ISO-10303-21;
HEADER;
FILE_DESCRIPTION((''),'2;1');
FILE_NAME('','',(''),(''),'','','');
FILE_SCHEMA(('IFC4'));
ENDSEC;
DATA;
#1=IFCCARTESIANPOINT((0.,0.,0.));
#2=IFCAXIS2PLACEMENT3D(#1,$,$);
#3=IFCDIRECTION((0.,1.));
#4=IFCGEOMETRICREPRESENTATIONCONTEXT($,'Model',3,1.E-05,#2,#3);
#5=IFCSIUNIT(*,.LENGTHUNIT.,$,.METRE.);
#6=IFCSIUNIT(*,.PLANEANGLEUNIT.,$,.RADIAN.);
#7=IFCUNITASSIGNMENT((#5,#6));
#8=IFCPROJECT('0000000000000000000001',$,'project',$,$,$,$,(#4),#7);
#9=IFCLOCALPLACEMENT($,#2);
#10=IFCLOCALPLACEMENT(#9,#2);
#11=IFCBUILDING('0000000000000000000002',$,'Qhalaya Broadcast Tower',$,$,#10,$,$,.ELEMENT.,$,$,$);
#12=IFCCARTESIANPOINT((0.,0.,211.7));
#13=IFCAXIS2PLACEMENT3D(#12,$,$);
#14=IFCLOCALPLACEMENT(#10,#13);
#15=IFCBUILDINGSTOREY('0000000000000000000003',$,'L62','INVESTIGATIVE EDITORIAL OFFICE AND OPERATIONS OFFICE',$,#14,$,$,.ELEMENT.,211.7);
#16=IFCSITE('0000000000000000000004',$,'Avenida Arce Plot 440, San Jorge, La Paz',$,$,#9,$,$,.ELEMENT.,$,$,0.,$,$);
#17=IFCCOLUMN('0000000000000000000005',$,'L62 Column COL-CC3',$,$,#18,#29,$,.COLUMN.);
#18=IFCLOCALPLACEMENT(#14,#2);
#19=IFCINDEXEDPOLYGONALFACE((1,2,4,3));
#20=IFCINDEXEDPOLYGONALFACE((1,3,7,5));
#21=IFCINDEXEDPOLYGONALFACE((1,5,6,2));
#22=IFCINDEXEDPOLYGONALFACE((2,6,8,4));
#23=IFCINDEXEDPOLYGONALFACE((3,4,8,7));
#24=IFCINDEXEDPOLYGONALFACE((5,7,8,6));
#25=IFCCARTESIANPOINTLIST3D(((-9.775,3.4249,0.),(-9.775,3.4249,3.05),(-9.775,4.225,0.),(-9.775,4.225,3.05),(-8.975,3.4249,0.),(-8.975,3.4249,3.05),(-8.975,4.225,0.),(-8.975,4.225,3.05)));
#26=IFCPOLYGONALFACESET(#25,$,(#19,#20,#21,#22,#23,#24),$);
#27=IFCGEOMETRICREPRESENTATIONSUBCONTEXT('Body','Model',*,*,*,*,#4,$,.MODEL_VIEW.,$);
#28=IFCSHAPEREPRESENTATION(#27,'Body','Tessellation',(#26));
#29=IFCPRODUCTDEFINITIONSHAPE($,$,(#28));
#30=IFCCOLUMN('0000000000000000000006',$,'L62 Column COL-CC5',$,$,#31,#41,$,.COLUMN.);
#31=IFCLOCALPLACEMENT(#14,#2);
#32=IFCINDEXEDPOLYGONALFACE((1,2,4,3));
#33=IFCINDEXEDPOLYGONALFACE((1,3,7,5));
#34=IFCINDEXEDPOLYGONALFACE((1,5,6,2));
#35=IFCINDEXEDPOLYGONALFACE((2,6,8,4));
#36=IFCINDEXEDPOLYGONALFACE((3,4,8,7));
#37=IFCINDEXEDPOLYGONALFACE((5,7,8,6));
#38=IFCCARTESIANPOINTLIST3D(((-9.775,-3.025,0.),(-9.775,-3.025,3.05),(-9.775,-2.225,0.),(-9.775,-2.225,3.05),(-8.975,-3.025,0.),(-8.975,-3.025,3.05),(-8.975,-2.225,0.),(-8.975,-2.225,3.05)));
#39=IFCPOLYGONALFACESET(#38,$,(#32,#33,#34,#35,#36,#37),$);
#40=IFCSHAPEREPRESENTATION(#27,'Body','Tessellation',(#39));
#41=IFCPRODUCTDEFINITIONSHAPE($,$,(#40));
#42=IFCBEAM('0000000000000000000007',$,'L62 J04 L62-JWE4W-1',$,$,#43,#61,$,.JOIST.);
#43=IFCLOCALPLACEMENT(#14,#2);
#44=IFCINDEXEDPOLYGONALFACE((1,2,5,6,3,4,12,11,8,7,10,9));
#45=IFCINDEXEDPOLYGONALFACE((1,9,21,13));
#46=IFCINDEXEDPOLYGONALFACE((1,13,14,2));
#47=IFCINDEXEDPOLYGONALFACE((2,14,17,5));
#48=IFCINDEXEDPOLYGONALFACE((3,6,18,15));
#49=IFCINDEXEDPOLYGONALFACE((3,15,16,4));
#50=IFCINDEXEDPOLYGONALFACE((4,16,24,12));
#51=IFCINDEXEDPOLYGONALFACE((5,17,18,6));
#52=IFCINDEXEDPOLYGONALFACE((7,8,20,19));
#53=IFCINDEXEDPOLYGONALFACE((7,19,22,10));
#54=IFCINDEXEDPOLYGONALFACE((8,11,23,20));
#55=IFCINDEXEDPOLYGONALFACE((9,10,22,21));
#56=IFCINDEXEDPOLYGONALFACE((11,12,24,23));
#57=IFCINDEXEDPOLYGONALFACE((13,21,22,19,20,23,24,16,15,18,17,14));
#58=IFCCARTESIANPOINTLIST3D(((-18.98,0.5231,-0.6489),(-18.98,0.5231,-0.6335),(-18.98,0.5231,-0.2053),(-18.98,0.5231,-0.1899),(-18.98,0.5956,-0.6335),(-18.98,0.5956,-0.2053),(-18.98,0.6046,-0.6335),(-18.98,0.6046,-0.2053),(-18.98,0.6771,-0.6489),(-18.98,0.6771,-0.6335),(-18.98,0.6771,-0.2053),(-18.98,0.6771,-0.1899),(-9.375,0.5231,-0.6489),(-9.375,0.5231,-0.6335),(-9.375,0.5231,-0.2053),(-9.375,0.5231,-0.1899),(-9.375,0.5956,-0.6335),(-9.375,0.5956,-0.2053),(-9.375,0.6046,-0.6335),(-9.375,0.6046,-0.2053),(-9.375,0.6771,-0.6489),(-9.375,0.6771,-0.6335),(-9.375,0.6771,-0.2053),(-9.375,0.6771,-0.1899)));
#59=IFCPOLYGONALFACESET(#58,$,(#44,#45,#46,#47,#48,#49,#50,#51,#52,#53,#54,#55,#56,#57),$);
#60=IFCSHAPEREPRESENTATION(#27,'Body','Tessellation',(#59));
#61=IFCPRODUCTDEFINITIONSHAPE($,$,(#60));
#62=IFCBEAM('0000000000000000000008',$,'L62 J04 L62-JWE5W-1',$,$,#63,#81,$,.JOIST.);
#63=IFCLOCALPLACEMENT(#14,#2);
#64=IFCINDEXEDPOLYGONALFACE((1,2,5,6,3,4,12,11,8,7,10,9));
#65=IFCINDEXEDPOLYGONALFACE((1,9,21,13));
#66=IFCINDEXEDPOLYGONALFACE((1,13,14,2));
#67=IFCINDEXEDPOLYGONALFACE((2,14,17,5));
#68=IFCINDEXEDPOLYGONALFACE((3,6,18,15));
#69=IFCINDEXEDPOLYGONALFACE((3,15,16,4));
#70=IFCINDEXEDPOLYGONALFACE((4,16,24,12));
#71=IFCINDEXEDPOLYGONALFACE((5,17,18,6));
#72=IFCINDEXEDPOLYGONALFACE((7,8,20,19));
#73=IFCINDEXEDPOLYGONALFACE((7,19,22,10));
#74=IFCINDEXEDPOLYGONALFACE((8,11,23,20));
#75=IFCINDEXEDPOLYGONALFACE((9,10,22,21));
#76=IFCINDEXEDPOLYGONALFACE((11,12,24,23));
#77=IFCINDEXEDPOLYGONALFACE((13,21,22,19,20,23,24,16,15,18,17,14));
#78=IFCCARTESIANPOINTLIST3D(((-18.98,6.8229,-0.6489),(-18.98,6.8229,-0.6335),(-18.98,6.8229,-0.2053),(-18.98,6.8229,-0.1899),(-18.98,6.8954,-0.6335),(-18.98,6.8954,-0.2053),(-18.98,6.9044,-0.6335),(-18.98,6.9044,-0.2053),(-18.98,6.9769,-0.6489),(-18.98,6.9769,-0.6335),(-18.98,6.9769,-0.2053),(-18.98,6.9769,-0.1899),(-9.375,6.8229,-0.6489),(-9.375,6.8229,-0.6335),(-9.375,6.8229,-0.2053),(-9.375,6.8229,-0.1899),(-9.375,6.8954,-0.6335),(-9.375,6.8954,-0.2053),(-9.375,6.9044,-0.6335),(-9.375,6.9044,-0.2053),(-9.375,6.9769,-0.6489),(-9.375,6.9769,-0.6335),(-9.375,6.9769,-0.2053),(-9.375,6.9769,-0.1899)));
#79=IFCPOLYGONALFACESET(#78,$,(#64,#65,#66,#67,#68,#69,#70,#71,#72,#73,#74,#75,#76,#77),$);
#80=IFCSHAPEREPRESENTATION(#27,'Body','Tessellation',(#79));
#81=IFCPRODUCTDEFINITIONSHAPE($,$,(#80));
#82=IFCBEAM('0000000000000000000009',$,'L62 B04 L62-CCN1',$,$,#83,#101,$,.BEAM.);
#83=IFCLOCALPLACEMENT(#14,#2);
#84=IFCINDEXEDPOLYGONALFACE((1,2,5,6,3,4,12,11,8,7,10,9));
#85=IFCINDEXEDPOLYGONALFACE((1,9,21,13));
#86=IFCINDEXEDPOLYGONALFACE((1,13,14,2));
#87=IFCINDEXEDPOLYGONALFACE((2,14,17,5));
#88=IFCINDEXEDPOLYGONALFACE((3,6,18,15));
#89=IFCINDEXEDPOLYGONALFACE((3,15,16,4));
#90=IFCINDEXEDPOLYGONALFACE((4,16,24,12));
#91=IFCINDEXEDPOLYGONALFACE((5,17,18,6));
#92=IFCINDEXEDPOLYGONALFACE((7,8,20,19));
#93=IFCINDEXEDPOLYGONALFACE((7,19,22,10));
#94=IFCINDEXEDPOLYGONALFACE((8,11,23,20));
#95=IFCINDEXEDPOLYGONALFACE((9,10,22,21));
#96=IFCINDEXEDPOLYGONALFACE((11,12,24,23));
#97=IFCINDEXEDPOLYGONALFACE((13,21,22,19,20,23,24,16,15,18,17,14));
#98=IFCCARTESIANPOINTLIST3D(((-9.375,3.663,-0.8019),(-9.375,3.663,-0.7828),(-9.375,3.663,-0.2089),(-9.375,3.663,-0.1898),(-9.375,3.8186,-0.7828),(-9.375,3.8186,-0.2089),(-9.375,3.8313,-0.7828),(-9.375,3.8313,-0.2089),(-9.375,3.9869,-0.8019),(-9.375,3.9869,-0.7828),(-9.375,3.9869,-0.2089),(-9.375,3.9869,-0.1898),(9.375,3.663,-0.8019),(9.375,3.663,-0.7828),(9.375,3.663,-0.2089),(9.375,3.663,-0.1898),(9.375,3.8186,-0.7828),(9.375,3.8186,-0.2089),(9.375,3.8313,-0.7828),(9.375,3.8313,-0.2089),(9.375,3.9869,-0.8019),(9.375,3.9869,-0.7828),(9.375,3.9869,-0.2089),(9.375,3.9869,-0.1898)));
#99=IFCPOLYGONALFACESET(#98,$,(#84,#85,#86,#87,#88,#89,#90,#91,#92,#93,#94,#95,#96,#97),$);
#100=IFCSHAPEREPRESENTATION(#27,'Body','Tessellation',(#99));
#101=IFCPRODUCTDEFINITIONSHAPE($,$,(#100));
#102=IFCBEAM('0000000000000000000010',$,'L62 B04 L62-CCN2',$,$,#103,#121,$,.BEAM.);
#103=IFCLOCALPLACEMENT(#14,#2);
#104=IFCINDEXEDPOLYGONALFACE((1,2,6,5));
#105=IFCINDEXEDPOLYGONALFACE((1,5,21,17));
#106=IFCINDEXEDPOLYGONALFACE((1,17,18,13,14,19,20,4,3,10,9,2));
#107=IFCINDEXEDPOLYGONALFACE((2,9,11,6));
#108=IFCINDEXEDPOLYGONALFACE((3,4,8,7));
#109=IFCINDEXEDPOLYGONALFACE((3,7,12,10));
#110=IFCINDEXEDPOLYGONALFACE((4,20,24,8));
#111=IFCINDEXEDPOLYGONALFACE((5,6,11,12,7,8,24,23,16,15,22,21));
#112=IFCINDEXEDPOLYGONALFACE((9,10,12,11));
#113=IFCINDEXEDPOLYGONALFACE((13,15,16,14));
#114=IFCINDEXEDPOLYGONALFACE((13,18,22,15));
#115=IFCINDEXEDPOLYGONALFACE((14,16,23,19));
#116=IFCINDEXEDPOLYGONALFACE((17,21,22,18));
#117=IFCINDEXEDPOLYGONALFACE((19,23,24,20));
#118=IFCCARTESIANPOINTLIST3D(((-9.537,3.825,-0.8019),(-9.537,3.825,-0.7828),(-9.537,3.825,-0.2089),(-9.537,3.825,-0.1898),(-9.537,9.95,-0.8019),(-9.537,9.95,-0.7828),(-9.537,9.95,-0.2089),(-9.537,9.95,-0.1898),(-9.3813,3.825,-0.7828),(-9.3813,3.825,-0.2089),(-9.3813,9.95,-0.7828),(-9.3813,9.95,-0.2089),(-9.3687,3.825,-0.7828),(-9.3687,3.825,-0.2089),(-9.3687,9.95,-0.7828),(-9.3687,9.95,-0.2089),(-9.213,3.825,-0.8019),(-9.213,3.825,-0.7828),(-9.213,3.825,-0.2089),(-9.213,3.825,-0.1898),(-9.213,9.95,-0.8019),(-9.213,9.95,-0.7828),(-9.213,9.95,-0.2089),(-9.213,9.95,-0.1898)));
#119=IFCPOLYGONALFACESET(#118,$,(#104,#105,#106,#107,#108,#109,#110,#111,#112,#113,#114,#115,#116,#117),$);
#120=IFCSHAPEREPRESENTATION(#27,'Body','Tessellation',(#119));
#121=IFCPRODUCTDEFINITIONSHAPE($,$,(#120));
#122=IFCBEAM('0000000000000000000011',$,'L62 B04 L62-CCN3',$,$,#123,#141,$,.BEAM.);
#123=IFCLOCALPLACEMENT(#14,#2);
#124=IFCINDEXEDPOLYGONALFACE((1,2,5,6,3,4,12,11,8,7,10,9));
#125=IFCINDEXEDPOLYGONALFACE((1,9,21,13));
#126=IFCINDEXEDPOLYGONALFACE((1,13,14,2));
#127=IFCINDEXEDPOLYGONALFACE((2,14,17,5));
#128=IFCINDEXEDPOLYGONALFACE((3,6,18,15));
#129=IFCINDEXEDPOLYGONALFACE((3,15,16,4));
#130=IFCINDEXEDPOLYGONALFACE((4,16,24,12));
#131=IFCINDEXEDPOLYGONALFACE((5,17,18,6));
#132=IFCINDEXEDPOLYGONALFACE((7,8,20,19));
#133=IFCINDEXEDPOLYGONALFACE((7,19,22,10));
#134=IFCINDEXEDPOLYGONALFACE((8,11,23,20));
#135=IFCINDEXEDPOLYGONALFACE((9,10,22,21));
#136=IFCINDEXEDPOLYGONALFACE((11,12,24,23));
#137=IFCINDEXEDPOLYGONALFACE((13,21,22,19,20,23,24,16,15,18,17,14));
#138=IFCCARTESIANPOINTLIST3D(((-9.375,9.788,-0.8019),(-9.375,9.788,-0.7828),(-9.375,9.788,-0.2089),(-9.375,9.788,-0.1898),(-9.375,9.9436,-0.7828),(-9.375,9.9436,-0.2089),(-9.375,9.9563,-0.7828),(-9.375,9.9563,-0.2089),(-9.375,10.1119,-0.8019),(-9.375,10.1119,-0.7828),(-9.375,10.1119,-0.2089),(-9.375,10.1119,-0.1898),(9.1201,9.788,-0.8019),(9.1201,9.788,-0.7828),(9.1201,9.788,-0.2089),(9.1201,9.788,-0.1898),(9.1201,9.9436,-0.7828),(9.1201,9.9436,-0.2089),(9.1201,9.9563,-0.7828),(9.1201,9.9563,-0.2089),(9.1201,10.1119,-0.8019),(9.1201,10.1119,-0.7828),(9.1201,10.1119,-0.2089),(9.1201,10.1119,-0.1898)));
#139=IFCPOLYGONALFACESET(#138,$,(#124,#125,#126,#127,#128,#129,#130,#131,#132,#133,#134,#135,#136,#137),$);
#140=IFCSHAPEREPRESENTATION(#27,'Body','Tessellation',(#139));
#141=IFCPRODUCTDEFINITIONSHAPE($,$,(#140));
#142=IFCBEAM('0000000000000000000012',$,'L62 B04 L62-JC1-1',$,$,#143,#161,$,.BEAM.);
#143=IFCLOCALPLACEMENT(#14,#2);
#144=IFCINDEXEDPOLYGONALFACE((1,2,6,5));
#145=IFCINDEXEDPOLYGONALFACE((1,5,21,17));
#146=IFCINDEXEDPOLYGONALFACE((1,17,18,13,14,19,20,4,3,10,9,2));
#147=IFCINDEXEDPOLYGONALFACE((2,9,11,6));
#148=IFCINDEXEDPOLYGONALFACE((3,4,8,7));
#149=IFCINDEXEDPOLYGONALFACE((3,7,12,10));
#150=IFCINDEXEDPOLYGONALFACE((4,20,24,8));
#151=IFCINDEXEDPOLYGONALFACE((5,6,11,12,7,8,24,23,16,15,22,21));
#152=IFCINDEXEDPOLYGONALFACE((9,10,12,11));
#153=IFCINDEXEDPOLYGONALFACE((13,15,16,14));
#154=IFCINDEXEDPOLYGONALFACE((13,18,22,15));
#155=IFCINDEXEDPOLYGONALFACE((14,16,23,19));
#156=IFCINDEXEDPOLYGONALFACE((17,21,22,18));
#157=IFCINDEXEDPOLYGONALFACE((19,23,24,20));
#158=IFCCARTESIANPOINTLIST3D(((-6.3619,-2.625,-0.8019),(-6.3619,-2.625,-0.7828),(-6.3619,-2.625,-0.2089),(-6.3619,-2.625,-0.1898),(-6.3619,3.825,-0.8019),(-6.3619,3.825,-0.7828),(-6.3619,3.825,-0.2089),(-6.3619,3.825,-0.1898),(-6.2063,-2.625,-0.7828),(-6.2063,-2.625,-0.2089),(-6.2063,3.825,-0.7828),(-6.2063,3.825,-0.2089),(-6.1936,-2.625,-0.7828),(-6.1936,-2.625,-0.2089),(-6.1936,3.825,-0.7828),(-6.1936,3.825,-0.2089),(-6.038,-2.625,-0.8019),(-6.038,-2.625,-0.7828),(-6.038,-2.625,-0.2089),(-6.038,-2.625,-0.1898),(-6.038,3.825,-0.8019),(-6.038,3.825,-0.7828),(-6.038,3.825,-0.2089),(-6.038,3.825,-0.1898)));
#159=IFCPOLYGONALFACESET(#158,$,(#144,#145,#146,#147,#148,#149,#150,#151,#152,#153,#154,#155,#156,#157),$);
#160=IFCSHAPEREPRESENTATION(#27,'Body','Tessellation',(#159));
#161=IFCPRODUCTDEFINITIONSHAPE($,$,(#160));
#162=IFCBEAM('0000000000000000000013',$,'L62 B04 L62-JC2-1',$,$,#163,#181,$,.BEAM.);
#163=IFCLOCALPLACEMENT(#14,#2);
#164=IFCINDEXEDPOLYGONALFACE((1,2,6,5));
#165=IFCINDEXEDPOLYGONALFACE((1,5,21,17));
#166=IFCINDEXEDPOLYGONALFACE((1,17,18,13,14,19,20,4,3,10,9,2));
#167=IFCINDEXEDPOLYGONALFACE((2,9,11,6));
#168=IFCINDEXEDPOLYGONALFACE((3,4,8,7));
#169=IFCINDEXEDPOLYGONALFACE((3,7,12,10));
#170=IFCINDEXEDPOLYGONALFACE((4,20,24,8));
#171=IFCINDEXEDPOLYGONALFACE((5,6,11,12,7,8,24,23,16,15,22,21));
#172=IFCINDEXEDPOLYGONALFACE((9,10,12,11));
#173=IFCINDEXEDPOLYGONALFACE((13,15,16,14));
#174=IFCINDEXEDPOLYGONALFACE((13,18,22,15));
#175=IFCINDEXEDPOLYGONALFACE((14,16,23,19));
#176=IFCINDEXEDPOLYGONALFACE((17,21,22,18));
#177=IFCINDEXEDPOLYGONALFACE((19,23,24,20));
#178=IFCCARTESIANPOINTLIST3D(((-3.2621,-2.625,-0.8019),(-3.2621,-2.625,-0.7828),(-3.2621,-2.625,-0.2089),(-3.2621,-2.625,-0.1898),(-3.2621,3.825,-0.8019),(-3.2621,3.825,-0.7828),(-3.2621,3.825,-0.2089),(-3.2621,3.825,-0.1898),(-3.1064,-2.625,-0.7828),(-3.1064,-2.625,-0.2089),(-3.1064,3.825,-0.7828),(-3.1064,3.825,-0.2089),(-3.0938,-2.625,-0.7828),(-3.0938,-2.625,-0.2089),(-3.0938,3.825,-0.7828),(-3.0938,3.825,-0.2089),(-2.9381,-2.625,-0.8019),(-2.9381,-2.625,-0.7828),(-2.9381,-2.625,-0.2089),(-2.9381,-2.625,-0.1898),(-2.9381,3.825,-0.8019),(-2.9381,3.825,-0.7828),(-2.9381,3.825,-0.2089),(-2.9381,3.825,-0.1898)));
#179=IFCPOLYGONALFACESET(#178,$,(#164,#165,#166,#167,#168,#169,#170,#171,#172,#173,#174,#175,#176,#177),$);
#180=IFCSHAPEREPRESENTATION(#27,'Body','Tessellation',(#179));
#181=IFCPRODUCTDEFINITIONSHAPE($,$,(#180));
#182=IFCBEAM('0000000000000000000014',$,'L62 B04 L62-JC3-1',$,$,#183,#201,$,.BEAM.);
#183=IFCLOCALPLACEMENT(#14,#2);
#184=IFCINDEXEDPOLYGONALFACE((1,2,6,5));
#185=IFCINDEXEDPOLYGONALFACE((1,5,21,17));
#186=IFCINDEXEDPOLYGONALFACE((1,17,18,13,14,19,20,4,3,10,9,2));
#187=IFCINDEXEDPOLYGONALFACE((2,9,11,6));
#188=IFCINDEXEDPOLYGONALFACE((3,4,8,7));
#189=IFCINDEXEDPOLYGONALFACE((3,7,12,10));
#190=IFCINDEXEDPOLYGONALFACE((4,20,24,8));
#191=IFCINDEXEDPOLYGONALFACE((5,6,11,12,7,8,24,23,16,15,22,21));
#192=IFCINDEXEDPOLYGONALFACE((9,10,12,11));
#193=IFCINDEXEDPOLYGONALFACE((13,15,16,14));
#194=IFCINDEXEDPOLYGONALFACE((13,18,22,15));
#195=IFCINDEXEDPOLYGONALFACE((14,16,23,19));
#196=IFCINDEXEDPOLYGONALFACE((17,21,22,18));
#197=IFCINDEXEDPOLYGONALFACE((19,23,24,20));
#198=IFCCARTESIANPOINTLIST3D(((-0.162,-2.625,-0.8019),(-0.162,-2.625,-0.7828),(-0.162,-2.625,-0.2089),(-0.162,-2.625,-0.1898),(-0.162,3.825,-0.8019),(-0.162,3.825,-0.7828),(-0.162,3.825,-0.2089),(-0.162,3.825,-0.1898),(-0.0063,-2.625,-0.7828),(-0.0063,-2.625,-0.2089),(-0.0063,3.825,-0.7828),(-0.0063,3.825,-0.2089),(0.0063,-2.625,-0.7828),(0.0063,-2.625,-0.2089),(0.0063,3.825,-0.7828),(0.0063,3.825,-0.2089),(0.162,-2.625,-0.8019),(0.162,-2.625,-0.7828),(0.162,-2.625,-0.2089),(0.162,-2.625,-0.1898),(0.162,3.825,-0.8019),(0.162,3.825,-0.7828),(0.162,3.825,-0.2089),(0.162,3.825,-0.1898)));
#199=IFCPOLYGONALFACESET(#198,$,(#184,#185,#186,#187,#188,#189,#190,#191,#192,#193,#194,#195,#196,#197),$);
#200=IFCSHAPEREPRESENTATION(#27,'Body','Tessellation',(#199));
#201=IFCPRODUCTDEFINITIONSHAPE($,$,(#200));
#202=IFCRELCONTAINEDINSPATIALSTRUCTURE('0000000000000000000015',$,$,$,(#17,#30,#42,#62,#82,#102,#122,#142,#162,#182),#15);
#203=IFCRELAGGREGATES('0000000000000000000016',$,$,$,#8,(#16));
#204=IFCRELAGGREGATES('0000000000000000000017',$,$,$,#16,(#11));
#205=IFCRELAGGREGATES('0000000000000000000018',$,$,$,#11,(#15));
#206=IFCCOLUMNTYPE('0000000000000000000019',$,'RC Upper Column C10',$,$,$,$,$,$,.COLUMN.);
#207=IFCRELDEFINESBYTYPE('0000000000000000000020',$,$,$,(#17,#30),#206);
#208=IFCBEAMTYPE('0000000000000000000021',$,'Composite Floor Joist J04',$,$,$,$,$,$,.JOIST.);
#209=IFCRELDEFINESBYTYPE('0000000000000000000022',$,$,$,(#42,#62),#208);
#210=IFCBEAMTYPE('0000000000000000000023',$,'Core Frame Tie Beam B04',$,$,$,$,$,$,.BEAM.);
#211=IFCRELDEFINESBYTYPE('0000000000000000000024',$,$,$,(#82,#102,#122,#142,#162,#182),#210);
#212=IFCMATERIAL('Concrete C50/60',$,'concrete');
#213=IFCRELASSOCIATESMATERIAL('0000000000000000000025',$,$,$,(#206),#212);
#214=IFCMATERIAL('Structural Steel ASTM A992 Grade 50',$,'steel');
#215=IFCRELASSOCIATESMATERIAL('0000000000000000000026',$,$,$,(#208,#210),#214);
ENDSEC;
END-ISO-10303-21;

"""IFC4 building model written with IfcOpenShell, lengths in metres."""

from ifc_helpers import new_model, si_unit, direction, frame, origin, origin_2d, place, context, subcontext, project, spatial, rectangle, i_section, extrude, material, material_profile, profile_set, type_object, element, save


model = new_model("IFC4")

# Units and contexts
model_context = context("Model", 3, precision=1e-05, world=origin(), true_north=direction((0.0, 1.0)))
body_context = subcontext(model_context, "Body", "Model", "MODEL_VIEW")
ifc_project = project(units=[si_unit("LENGTHUNIT", "METRE"), si_unit("PLANEANGLEUNIT", "RADIAN")], contexts=[model_context])

# Site, building, storey
site_placement = place(None, origin())
site = spatial("IfcSite", under=ifc_project, at=site_placement, Name="Avenida Arce Plot 440, San Jorge, La Paz", CompositionType="ELEMENT", RefElevation=0.0)
building_placement = place(site_placement, origin())
building = spatial("IfcBuilding", under=site, at=building_placement, Name="Qhalaya Broadcast Tower", CompositionType="ELEMENT")
storey_placement = place(building_placement, frame((0.0, 0.0, 211.7)))
storey = spatial("IfcBuildingStorey", under=building, at=storey_placement, Name="L62", Description="INVESTIGATIVE EDITORIAL OFFICE AND OPERATIONS OFFICE", CompositionType="ELEMENT", Elevation=211.7)

# Columns
ifc_material_1 = material(Name="Concrete C50/60", Category="concrete")
ifc_material_profile_1 = material_profile(ifc_material_1, rectangle(XDim=0.8, YDim=0.8, at=origin_2d()), Name="RC-COL 800x800")
ifc_profile_set_1 = profile_set([ifc_material_profile_1], Name="Concrete C50/60")
column_type = type_object("IfcColumnType", Name="RC Upper Column C10", PredefinedType="COLUMN", material=ifc_profile_set_1)
for number, where, z_axis, x_axis, name in (
    (1, (-9.375, 3.825, 0.0), (0.0, 0.0, 1.0), (1.0, 0.0, 0.0), "L62 Column COL-CC3"),
    (2, (-9.375, -2.625, 0.0), (0.0, 0.0, 1.0), (1.0, 0.0, 0.0), "L62 Column COL-CC5"),
):
    element("IfcColumn", number, at=place(storey_placement, frame(where, z_axis=z_axis, x_axis=x_axis)), inside=storey, type_object=column_type, Name=name, PredefinedType="COLUMN", context=body_context, shape_type="SweptSolid", body=[
        extrude(rectangle(XDim=0.8, YDim=0.8, at=origin_2d()), origin(), (0.0, 0.0, 1.0), 3.05),
    ])

# Beams
ifc_material_2 = material(Name="Structural Steel ASTM A992 Grade 50", Category="steel")
ifc_material_profile_2 = material_profile(ifc_material_2, i_section(OverallWidth=0.1541, OverallDepth=0.459, WebThickness=0.009, FlangeThickness=0.0154, at=origin_2d()), Name="W18X46")
ifc_profile_set_2 = profile_set([ifc_material_profile_2], Name="Structural Steel ASTM A992 Grade 50")
beam_type_1 = type_object("IfcBeamType", Name="Composite Floor Joist J04", PredefinedType="JOIST", material=ifc_profile_set_2)
for number, where, z_axis, x_axis, name in (
    (3, (-18.98, 0.6001, -0.4194), (1.0, 0.0, 0.0), (0.0, 1.0, 0.0), "L62 J04 L62-JWE4W-1"),
    (4, (-18.98, 6.8999, -0.4194), (1.0, 0.0, 0.0), (0.0, 1.0, 0.0), "L62 J04 L62-JWE5W-1"),
):
    element("IfcBeam", number, at=place(storey_placement, frame(where, z_axis=z_axis, x_axis=x_axis)), inside=storey, type_object=beam_type_1, Name=name, PredefinedType="JOIST", context=body_context, shape_type="SweptSolid", body=[
        extrude(i_section(OverallWidth=0.1541, OverallDepth=0.459, WebThickness=0.009, FlangeThickness=0.0154, at=origin_2d()), origin(), (0.0, 0.0, 1.0), 9.605),
    ])
ifc_material_profile_3 = material_profile(ifc_material_2, i_section(OverallWidth=0.324, OverallDepth=0.6121, WebThickness=0.0127, FlangeThickness=0.019, at=origin_2d()), Name="W24X104")
ifc_profile_set_3 = profile_set([ifc_material_profile_3], Name="Structural Steel ASTM A992 Grade 50")
beam_type_2 = type_object("IfcBeamType", Name="Core Frame Tie Beam B04", PredefinedType="BEAM", material=ifc_profile_set_3)
beam_1_placement = place(storey_placement, frame((-9.375, 3.825, -0.4958), z_axis=(1.0, 0.0, 0.0), x_axis=(0.0, 1.0, 0.0)))
element("IfcBeam", 5, at=beam_1_placement, inside=storey, type_object=beam_type_2, Name="L62 B04 L62-CCN1", PredefinedType="BEAM", context=body_context, shape_type="SweptSolid", body=[
    extrude(i_section(OverallWidth=0.324, OverallDepth=0.6121, WebThickness=0.0127, FlangeThickness=0.019, at=origin_2d()), origin(), (0.0, 0.0, 1.0), 18.75),
])
beam_2_placement = place(storey_placement, frame((-9.375, 3.825, -0.4958), z_axis=(0.0, 1.0, 0.0), x_axis=(-1.0, 0.0, 0.0)))
element("IfcBeam", 6, at=beam_2_placement, inside=storey, type_object=beam_type_2, Name="L62 B04 L62-CCN2", PredefinedType="BEAM", context=body_context, shape_type="SweptSolid", body=[
    extrude(i_section(OverallWidth=0.324, OverallDepth=0.6121, WebThickness=0.0127, FlangeThickness=0.019, at=origin_2d()), origin(), (0.0, 0.0, 1.0), 6.125),
])
beam_3_placement = place(storey_placement, frame((-9.375, 9.95, -0.4958), z_axis=(1.0, 0.0, 0.0), x_axis=(0.0, 1.0, 0.0)))
element("IfcBeam", 7, at=beam_3_placement, inside=storey, type_object=beam_type_2, Name="L62 B04 L62-CCN3", PredefinedType="BEAM", context=body_context, shape_type="SweptSolid", body=[
    extrude(i_section(OverallWidth=0.324, OverallDepth=0.6121, WebThickness=0.0127, FlangeThickness=0.019, at=origin_2d()), origin(), (0.0, 0.0, 1.0), 18.4951),
])
for number, where, z_axis, x_axis, name in (
    (8, (-6.2, -2.625, -0.4958), (0.0, 1.0, 0.0), (-1.0, 0.0, 0.0), "L62 B04 L62-JC1-1"),
    (9, (-3.1001, -2.625, -0.4958), (0.0, 1.0, 0.0), (-1.0, 0.0, 0.0), "L62 B04 L62-JC2-1"),
    (10, (0.0, -2.625, -0.4958), (0.0, 1.0, 0.0), (-1.0, 0.0, 0.0), "L62 B04 L62-JC3-1"),
):
    element("IfcBeam", number, at=place(storey_placement, frame(where, z_axis=z_axis, x_axis=x_axis)), inside=storey, type_object=beam_type_2, Name=name, PredefinedType="BEAM", context=body_context, shape_type="SweptSolid", body=[
        extrude(i_section(OverallWidth=0.324, OverallDepth=0.6121, WebThickness=0.0127, FlangeThickness=0.019, at=origin_2d()), origin(), (0.0, 0.0, 1.0), 6.45),
    ])

save(model, "model.ifc")
